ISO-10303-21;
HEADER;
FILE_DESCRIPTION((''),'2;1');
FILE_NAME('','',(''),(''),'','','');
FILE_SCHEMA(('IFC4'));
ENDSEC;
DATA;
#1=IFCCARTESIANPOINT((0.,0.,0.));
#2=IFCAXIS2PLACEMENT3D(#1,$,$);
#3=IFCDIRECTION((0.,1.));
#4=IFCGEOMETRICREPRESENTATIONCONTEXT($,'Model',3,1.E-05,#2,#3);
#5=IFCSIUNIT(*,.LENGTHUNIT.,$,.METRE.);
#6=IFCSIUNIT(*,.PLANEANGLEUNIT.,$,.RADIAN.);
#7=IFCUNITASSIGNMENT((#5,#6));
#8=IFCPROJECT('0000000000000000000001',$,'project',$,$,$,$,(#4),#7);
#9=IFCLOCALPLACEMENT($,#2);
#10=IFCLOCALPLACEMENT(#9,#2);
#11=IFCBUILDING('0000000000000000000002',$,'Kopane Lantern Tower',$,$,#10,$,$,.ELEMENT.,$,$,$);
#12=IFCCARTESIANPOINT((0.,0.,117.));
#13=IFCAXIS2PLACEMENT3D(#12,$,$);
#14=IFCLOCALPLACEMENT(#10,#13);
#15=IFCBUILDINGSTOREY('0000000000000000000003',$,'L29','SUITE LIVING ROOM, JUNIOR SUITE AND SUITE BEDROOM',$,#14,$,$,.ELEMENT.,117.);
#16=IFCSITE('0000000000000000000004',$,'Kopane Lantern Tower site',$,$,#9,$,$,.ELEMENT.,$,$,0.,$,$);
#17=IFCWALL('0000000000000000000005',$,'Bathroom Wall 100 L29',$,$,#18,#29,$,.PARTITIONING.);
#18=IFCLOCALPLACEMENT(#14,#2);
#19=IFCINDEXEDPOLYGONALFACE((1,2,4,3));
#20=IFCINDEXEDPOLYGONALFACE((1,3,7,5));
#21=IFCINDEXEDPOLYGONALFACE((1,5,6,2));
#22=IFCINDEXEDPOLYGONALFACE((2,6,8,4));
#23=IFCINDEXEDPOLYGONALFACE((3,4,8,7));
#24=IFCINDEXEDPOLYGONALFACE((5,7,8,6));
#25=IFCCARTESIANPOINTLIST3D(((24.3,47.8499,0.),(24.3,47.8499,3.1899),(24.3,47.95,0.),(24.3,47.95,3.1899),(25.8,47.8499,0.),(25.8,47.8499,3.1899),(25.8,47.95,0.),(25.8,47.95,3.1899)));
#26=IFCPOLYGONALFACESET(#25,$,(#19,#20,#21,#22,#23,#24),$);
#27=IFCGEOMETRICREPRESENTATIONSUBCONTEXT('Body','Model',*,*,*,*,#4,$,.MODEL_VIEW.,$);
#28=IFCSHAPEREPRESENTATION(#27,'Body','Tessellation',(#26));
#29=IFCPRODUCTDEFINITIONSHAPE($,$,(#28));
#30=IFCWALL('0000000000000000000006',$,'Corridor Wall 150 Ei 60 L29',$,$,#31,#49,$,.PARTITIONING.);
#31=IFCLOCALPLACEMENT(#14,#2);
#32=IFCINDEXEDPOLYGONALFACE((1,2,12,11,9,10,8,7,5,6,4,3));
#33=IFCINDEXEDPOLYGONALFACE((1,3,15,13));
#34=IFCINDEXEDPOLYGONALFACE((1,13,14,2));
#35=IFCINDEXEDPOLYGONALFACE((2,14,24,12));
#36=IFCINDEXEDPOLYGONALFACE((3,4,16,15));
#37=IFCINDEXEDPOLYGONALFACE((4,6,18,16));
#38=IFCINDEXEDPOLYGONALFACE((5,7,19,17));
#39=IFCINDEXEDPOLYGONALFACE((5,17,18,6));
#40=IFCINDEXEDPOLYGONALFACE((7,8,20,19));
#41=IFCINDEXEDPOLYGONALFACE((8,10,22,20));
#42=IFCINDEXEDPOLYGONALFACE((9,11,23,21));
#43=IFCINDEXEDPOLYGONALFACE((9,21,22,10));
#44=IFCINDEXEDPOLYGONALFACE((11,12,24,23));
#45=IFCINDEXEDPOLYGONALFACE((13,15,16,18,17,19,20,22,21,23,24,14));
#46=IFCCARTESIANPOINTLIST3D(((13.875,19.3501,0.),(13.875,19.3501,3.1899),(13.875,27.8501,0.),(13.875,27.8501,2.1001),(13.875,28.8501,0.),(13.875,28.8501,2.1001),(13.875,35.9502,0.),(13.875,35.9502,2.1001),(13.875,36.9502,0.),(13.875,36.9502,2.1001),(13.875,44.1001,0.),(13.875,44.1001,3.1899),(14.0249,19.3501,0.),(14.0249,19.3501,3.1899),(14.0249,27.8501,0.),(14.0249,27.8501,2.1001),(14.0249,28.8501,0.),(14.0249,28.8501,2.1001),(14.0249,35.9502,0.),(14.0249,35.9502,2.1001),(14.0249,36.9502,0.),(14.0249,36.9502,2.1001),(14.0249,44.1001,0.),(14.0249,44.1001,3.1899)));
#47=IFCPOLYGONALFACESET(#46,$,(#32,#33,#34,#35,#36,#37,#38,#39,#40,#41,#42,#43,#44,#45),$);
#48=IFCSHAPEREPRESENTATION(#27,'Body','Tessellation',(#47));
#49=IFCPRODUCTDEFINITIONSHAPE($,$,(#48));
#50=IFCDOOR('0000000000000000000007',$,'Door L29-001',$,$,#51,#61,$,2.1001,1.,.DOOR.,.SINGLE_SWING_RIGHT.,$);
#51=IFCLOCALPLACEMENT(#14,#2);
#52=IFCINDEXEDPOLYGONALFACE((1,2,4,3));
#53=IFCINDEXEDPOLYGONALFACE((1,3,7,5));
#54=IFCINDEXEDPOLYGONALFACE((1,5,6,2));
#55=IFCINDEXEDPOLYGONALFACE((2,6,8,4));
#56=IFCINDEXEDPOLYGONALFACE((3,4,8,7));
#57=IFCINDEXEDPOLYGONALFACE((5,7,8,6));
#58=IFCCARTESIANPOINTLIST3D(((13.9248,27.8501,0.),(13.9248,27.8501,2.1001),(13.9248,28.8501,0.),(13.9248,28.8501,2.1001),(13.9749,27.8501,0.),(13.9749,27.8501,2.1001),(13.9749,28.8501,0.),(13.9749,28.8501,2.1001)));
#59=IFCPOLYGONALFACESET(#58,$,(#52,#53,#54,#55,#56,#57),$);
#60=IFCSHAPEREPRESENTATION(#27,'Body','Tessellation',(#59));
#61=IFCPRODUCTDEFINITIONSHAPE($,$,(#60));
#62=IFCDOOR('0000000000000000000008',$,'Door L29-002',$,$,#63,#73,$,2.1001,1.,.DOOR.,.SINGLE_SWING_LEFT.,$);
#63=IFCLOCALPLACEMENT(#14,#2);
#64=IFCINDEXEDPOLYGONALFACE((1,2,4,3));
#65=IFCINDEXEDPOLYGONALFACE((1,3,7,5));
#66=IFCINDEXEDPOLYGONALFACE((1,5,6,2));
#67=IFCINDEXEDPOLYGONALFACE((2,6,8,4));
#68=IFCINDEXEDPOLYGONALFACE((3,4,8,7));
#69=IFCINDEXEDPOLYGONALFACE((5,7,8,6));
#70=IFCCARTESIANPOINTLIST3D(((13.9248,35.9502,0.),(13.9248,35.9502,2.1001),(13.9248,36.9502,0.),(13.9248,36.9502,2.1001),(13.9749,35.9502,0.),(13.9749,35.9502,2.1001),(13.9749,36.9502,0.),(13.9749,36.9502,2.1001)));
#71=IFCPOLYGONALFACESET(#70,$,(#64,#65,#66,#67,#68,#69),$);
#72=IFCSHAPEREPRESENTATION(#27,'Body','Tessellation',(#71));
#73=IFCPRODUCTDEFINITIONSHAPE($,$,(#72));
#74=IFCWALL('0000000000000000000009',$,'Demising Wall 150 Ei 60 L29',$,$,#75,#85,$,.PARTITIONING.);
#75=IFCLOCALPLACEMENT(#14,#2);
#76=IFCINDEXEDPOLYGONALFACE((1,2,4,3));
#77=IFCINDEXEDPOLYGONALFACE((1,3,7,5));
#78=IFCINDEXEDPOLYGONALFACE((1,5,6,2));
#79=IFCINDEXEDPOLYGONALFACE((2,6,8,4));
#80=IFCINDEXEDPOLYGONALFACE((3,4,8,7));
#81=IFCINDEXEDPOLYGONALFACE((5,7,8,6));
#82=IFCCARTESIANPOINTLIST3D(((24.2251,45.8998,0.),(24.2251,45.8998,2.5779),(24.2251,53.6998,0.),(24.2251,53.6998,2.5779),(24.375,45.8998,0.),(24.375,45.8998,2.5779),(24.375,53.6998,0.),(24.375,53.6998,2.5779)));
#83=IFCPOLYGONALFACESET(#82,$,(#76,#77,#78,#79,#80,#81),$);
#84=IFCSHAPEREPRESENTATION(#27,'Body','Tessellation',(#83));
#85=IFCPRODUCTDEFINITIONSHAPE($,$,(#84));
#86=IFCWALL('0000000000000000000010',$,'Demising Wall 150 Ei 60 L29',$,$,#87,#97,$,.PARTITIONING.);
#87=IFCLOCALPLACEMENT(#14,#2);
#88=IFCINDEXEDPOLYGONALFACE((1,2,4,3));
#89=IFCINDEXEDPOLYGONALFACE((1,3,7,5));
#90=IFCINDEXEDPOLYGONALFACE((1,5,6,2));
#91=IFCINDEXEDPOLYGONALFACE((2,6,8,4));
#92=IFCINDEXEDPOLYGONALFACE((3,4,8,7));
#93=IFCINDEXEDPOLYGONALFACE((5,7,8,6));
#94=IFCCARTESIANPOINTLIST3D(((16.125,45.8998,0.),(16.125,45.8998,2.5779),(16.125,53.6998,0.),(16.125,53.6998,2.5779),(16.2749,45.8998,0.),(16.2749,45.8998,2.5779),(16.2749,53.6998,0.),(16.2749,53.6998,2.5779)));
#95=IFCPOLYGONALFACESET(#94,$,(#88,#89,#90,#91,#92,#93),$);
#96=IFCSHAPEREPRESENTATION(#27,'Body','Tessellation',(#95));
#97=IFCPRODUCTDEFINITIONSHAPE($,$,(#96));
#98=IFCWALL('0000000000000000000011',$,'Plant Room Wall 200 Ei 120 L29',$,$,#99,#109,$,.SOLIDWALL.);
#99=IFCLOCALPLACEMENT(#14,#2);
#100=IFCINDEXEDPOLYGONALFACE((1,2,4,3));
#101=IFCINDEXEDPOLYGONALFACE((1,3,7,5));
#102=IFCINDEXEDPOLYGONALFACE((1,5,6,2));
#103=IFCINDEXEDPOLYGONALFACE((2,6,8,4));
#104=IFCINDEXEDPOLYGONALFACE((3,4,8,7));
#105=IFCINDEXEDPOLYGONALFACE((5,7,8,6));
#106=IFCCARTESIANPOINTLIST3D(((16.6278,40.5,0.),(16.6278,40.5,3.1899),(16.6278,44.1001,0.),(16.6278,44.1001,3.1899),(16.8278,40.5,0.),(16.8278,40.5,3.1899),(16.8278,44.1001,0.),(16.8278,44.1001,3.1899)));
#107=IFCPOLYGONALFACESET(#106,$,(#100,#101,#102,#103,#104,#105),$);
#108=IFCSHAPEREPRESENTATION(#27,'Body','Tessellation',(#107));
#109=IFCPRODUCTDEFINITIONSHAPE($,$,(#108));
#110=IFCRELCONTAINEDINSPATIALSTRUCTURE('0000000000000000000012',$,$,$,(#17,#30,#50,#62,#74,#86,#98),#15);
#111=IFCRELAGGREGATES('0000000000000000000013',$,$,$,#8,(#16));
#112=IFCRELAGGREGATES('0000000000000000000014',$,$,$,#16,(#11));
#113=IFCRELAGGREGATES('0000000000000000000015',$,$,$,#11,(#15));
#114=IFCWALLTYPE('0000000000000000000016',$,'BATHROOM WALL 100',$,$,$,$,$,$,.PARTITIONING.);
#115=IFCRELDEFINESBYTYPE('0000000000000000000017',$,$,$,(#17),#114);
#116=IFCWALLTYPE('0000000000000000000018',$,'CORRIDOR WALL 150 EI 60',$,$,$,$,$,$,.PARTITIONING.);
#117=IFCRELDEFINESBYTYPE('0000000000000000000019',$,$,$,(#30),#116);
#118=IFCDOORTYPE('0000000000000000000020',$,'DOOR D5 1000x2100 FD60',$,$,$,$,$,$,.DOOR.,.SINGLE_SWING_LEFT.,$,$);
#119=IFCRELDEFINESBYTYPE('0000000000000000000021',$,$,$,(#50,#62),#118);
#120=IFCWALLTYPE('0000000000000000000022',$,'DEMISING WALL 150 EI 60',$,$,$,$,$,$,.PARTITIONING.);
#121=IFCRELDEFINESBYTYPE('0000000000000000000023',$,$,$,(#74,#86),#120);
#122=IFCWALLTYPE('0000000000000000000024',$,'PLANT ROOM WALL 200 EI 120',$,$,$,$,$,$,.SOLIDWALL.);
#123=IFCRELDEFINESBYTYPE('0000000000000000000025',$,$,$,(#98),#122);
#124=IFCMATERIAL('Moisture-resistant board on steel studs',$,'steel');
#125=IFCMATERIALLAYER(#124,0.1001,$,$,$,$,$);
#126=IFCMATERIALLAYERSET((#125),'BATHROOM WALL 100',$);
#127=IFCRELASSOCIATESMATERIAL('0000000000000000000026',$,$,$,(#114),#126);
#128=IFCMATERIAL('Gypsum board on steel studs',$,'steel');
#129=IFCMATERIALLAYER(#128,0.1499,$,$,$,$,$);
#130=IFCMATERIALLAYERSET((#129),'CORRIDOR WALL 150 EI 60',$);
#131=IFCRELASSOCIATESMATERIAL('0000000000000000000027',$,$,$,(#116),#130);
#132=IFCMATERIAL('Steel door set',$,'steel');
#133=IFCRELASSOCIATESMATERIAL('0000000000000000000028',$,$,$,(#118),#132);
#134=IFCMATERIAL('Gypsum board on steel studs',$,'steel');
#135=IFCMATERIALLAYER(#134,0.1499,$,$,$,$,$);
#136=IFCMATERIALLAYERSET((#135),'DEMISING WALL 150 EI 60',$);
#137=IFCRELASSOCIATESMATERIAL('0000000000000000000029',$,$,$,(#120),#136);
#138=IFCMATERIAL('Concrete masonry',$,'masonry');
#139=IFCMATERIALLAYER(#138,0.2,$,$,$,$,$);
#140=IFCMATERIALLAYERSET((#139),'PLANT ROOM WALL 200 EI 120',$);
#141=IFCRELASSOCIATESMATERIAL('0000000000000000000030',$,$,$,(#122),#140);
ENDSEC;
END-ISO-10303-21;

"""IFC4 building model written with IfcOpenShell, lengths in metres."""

from ifc_helpers import new_model, si_unit, direction, frame, frame_2d, origin, place, context, subcontext, project, spatial, rectangle, extrude, material, layer, layer_set, type_object, element, fill, save


model = new_model("IFC4")

# Units and contexts
model_context = context("Model", 3, precision=1e-05, world=origin(), true_north=direction((0.0, 1.0)))
body_context = subcontext(model_context, "Body", "Model", "MODEL_VIEW")
ifc_project = project(units=[si_unit("LENGTHUNIT", "METRE"), si_unit("PLANEANGLEUNIT", "RADIAN")], contexts=[model_context])

# Site, building, storey
site_placement = place(None, origin())
site = spatial("IfcSite", under=ifc_project, at=site_placement, Name="Kopane Lantern Tower site", CompositionType="ELEMENT", RefElevation=0.0)
building_placement = place(site_placement, origin())
building = spatial("IfcBuilding", under=site, at=building_placement, Name="Kopane Lantern Tower", CompositionType="ELEMENT")
storey_placement = place(building_placement, frame((0.0, 0.0, 117.0)))
storey = spatial("IfcBuildingStorey", under=building, at=storey_placement, Name="L29", Description="SUITE LIVING ROOM, JUNIOR SUITE AND SUITE BEDROOM", CompositionType="ELEMENT", Elevation=117.0)

# Shared definitions
ifc_material_1 = material(Name="Moisture-resistant board on steel studs", Category="steel")
ifc_layer_1 = layer(ifc_material_1, 0.1001)
ifc_layer_set_1 = layer_set([ifc_layer_1], Name="BATHROOM WALL 100")
wall_type_1 = type_object("IfcWallType", Name="BATHROOM WALL 100", PredefinedType="PARTITIONING", material=ifc_layer_set_1)

# Wall
wall_1_placement = place(storey_placement, frame((24.3, 47.8999, 0.0), z_axis=(0.0, 0.0, 1.0), x_axis=(1.0, 0.0, 0.0)))
element("IfcWall", 1, at=wall_1_placement, inside=storey, type_object=wall_type_1, Name="Bathroom Wall 100 L29", PredefinedType="PARTITIONING", context=body_context, shape_type="SweptSolid", body=[
    extrude(rectangle(XDim=1.5, YDim=0.1001, at=frame_2d((0.75, 0.0))), origin(), (0.0, 0.0, 1.0), 3.1899),
])

# Wall, openings, doors
ifc_material_2 = material(Name="Gypsum board on steel studs", Category="steel")
ifc_layer_2 = layer(ifc_material_2, 0.1499)
ifc_layer_set_2 = layer_set([ifc_layer_2], Name="CORRIDOR WALL 150 EI 60")
wall_type_2 = type_object("IfcWallType", Name="CORRIDOR WALL 150 EI 60", PredefinedType="PARTITIONING", material=ifc_layer_set_2)
wall_2_placement = place(storey_placement, frame((13.95, 44.1001, 0.0), z_axis=(0.0, 0.0, 1.0), x_axis=(0.0, -1.0, 0.0)))
wall_2 = element("IfcWall", 2, at=wall_2_placement, inside=storey, type_object=wall_type_2, Name="Corridor Wall 150 Ei 60 L29", PredefinedType="PARTITIONING", context=body_context, shape_type="SweptSolid", body=[
    extrude(rectangle(XDim=24.75, YDim=0.1499, at=frame_2d((12.375, 0.0))), origin(), (0.0, 0.0, 1.0), 3.1899),
])
opening_1_placement = place(wall_2_placement, frame((15.25, 0.0, 0.0)))
opening_1 = element("IfcOpeningElement", 3, at=opening_1_placement, cuts=wall_2, PredefinedType="OPENING", context=body_context, shape_type="SweptSolid", body=[
    extrude(rectangle(XDim=1.0, YDim=2.1001, at=frame_2d((0.5, 1.05))), frame((0.0, 0.085, 0.0), z_axis=(0.0, -1.0, 0.0), x_axis=(1.0, 0.0, 0.0)), (0.0, 0.0, 1.0), 0.1699),
])
opening_2_placement = place(wall_2_placement, frame((7.1499, 0.0, 0.0)))
opening_2 = element("IfcOpeningElement", 4, at=opening_2_placement, cuts=wall_2, PredefinedType="OPENING", context=body_context, shape_type="SweptSolid", body=[
    extrude(rectangle(XDim=1.0, YDim=2.1001, at=frame_2d((0.5, 1.05))), frame((0.0, 0.085, 0.0), z_axis=(0.0, -1.0, 0.0), x_axis=(1.0, 0.0, 0.0)), (0.0, 0.0, 1.0), 0.1699),
])
ifc_material_3 = material(Name="Steel door set", Category="steel")
door_type_1 = type_object("IfcDoorType", Name="DOOR D5 1000x2100 FD60", OperationType="SINGLE_SWING_LEFT", PredefinedType="DOOR", material=ifc_material_3)
door_1_placement = place(opening_1_placement, origin())
door_1 = element("IfcDoor", 5, at=door_1_placement, inside=storey, type_object=door_type_1, Name="Door L29-001", OperationType="SINGLE_SWING_RIGHT", OverallHeight=2.1001, OverallWidth=1.0, PredefinedType="DOOR", context=body_context, shape_type="SweptSolid", body=[
    extrude(rectangle(XDim=1.0, YDim=2.1001, at=frame_2d((0.5, 1.05))), frame((0.0, 0.0249, 0.0), z_axis=(0.0, -1.0, 0.0), x_axis=(1.0, 0.0, 0.0)), (0.0, 0.0, 1.0), 0.05),
])
fill(opening_1, door_1)
door_2_placement = place(opening_2_placement, origin())
door_2 = element("IfcDoor", 6, at=door_2_placement, inside=storey, type_object=door_type_1, Name="Door L29-002", OperationType="SINGLE_SWING_LEFT", OverallHeight=2.1001, OverallWidth=1.0, PredefinedType="DOOR", context=body_context, shape_type="SweptSolid", body=[
    extrude(rectangle(XDim=1.0, YDim=2.1001, at=frame_2d((0.5, 1.05))), frame((0.0, 0.0249, 0.0), z_axis=(0.0, -1.0, 0.0), x_axis=(1.0, 0.0, 0.0)), (0.0, 0.0, 1.0), 0.05),
])
fill(opening_2, door_2)

# Walls
ifc_material_4 = material(Name="Gypsum board on steel studs", Category="steel")
ifc_layer_3 = layer(ifc_material_4, 0.1499)
ifc_layer_set_3 = layer_set([ifc_layer_3], Name="DEMISING WALL 150 EI 60")
wall_type_3 = type_object("IfcWallType", Name="DEMISING WALL 150 EI 60", PredefinedType="PARTITIONING", material=ifc_layer_set_3)
for number, where, z_axis, x_axis, name in (
    (7, (24.3, 45.8999, 0.0), (0.0, 0.0, 1.0), (0.0, 1.0, 0.0), "Demising Wall 150 Ei 60 L29"),
    (8, (16.2, 45.8999, 0.0), (0.0, 0.0, 1.0), (0.0, 1.0, 0.0), "Demising Wall 150 Ei 60 L29"),
):
    element("IfcWall", number, at=place(storey_placement, frame(where, z_axis=z_axis, x_axis=x_axis)), inside=storey, type_object=wall_type_3, Name=name, PredefinedType="PARTITIONING", context=body_context, shape_type="SweptSolid", body=[
        extrude(rectangle(XDim=7.8, YDim=0.1499, at=frame_2d((3.8999, 0.0))), origin(), (0.0, 0.0, 1.0), 2.5779),
    ])
ifc_material_5 = material(Name="Concrete masonry", Category="masonry")
ifc_layer_4 = layer(ifc_material_5, 0.2)
ifc_layer_set_4 = layer_set([ifc_layer_4], Name="PLANT ROOM WALL 200 EI 120")
wall_type_4 = type_object("IfcWallType", Name="PLANT ROOM WALL 200 EI 120", PredefinedType="SOLIDWALL", material=ifc_layer_set_4)
wall_3_placement = place(storey_placement, frame((16.7278, 44.1001, 0.0), z_axis=(0.0, 0.0, 1.0), x_axis=(0.0, -1.0, 0.0)))
element("IfcWall", 9, at=wall_3_placement, inside=storey, type_object=wall_type_4, Name="Plant Room Wall 200 Ei 120 L29", PredefinedType="SOLIDWALL", context=body_context, shape_type="SweptSolid", body=[
    extrude(rectangle(XDim=3.6001, YDim=0.2, at=frame_2d((1.8, 0.0))), origin(), (0.0, 0.0, 1.0), 3.1899),
])

save(model, "model.ifc")
